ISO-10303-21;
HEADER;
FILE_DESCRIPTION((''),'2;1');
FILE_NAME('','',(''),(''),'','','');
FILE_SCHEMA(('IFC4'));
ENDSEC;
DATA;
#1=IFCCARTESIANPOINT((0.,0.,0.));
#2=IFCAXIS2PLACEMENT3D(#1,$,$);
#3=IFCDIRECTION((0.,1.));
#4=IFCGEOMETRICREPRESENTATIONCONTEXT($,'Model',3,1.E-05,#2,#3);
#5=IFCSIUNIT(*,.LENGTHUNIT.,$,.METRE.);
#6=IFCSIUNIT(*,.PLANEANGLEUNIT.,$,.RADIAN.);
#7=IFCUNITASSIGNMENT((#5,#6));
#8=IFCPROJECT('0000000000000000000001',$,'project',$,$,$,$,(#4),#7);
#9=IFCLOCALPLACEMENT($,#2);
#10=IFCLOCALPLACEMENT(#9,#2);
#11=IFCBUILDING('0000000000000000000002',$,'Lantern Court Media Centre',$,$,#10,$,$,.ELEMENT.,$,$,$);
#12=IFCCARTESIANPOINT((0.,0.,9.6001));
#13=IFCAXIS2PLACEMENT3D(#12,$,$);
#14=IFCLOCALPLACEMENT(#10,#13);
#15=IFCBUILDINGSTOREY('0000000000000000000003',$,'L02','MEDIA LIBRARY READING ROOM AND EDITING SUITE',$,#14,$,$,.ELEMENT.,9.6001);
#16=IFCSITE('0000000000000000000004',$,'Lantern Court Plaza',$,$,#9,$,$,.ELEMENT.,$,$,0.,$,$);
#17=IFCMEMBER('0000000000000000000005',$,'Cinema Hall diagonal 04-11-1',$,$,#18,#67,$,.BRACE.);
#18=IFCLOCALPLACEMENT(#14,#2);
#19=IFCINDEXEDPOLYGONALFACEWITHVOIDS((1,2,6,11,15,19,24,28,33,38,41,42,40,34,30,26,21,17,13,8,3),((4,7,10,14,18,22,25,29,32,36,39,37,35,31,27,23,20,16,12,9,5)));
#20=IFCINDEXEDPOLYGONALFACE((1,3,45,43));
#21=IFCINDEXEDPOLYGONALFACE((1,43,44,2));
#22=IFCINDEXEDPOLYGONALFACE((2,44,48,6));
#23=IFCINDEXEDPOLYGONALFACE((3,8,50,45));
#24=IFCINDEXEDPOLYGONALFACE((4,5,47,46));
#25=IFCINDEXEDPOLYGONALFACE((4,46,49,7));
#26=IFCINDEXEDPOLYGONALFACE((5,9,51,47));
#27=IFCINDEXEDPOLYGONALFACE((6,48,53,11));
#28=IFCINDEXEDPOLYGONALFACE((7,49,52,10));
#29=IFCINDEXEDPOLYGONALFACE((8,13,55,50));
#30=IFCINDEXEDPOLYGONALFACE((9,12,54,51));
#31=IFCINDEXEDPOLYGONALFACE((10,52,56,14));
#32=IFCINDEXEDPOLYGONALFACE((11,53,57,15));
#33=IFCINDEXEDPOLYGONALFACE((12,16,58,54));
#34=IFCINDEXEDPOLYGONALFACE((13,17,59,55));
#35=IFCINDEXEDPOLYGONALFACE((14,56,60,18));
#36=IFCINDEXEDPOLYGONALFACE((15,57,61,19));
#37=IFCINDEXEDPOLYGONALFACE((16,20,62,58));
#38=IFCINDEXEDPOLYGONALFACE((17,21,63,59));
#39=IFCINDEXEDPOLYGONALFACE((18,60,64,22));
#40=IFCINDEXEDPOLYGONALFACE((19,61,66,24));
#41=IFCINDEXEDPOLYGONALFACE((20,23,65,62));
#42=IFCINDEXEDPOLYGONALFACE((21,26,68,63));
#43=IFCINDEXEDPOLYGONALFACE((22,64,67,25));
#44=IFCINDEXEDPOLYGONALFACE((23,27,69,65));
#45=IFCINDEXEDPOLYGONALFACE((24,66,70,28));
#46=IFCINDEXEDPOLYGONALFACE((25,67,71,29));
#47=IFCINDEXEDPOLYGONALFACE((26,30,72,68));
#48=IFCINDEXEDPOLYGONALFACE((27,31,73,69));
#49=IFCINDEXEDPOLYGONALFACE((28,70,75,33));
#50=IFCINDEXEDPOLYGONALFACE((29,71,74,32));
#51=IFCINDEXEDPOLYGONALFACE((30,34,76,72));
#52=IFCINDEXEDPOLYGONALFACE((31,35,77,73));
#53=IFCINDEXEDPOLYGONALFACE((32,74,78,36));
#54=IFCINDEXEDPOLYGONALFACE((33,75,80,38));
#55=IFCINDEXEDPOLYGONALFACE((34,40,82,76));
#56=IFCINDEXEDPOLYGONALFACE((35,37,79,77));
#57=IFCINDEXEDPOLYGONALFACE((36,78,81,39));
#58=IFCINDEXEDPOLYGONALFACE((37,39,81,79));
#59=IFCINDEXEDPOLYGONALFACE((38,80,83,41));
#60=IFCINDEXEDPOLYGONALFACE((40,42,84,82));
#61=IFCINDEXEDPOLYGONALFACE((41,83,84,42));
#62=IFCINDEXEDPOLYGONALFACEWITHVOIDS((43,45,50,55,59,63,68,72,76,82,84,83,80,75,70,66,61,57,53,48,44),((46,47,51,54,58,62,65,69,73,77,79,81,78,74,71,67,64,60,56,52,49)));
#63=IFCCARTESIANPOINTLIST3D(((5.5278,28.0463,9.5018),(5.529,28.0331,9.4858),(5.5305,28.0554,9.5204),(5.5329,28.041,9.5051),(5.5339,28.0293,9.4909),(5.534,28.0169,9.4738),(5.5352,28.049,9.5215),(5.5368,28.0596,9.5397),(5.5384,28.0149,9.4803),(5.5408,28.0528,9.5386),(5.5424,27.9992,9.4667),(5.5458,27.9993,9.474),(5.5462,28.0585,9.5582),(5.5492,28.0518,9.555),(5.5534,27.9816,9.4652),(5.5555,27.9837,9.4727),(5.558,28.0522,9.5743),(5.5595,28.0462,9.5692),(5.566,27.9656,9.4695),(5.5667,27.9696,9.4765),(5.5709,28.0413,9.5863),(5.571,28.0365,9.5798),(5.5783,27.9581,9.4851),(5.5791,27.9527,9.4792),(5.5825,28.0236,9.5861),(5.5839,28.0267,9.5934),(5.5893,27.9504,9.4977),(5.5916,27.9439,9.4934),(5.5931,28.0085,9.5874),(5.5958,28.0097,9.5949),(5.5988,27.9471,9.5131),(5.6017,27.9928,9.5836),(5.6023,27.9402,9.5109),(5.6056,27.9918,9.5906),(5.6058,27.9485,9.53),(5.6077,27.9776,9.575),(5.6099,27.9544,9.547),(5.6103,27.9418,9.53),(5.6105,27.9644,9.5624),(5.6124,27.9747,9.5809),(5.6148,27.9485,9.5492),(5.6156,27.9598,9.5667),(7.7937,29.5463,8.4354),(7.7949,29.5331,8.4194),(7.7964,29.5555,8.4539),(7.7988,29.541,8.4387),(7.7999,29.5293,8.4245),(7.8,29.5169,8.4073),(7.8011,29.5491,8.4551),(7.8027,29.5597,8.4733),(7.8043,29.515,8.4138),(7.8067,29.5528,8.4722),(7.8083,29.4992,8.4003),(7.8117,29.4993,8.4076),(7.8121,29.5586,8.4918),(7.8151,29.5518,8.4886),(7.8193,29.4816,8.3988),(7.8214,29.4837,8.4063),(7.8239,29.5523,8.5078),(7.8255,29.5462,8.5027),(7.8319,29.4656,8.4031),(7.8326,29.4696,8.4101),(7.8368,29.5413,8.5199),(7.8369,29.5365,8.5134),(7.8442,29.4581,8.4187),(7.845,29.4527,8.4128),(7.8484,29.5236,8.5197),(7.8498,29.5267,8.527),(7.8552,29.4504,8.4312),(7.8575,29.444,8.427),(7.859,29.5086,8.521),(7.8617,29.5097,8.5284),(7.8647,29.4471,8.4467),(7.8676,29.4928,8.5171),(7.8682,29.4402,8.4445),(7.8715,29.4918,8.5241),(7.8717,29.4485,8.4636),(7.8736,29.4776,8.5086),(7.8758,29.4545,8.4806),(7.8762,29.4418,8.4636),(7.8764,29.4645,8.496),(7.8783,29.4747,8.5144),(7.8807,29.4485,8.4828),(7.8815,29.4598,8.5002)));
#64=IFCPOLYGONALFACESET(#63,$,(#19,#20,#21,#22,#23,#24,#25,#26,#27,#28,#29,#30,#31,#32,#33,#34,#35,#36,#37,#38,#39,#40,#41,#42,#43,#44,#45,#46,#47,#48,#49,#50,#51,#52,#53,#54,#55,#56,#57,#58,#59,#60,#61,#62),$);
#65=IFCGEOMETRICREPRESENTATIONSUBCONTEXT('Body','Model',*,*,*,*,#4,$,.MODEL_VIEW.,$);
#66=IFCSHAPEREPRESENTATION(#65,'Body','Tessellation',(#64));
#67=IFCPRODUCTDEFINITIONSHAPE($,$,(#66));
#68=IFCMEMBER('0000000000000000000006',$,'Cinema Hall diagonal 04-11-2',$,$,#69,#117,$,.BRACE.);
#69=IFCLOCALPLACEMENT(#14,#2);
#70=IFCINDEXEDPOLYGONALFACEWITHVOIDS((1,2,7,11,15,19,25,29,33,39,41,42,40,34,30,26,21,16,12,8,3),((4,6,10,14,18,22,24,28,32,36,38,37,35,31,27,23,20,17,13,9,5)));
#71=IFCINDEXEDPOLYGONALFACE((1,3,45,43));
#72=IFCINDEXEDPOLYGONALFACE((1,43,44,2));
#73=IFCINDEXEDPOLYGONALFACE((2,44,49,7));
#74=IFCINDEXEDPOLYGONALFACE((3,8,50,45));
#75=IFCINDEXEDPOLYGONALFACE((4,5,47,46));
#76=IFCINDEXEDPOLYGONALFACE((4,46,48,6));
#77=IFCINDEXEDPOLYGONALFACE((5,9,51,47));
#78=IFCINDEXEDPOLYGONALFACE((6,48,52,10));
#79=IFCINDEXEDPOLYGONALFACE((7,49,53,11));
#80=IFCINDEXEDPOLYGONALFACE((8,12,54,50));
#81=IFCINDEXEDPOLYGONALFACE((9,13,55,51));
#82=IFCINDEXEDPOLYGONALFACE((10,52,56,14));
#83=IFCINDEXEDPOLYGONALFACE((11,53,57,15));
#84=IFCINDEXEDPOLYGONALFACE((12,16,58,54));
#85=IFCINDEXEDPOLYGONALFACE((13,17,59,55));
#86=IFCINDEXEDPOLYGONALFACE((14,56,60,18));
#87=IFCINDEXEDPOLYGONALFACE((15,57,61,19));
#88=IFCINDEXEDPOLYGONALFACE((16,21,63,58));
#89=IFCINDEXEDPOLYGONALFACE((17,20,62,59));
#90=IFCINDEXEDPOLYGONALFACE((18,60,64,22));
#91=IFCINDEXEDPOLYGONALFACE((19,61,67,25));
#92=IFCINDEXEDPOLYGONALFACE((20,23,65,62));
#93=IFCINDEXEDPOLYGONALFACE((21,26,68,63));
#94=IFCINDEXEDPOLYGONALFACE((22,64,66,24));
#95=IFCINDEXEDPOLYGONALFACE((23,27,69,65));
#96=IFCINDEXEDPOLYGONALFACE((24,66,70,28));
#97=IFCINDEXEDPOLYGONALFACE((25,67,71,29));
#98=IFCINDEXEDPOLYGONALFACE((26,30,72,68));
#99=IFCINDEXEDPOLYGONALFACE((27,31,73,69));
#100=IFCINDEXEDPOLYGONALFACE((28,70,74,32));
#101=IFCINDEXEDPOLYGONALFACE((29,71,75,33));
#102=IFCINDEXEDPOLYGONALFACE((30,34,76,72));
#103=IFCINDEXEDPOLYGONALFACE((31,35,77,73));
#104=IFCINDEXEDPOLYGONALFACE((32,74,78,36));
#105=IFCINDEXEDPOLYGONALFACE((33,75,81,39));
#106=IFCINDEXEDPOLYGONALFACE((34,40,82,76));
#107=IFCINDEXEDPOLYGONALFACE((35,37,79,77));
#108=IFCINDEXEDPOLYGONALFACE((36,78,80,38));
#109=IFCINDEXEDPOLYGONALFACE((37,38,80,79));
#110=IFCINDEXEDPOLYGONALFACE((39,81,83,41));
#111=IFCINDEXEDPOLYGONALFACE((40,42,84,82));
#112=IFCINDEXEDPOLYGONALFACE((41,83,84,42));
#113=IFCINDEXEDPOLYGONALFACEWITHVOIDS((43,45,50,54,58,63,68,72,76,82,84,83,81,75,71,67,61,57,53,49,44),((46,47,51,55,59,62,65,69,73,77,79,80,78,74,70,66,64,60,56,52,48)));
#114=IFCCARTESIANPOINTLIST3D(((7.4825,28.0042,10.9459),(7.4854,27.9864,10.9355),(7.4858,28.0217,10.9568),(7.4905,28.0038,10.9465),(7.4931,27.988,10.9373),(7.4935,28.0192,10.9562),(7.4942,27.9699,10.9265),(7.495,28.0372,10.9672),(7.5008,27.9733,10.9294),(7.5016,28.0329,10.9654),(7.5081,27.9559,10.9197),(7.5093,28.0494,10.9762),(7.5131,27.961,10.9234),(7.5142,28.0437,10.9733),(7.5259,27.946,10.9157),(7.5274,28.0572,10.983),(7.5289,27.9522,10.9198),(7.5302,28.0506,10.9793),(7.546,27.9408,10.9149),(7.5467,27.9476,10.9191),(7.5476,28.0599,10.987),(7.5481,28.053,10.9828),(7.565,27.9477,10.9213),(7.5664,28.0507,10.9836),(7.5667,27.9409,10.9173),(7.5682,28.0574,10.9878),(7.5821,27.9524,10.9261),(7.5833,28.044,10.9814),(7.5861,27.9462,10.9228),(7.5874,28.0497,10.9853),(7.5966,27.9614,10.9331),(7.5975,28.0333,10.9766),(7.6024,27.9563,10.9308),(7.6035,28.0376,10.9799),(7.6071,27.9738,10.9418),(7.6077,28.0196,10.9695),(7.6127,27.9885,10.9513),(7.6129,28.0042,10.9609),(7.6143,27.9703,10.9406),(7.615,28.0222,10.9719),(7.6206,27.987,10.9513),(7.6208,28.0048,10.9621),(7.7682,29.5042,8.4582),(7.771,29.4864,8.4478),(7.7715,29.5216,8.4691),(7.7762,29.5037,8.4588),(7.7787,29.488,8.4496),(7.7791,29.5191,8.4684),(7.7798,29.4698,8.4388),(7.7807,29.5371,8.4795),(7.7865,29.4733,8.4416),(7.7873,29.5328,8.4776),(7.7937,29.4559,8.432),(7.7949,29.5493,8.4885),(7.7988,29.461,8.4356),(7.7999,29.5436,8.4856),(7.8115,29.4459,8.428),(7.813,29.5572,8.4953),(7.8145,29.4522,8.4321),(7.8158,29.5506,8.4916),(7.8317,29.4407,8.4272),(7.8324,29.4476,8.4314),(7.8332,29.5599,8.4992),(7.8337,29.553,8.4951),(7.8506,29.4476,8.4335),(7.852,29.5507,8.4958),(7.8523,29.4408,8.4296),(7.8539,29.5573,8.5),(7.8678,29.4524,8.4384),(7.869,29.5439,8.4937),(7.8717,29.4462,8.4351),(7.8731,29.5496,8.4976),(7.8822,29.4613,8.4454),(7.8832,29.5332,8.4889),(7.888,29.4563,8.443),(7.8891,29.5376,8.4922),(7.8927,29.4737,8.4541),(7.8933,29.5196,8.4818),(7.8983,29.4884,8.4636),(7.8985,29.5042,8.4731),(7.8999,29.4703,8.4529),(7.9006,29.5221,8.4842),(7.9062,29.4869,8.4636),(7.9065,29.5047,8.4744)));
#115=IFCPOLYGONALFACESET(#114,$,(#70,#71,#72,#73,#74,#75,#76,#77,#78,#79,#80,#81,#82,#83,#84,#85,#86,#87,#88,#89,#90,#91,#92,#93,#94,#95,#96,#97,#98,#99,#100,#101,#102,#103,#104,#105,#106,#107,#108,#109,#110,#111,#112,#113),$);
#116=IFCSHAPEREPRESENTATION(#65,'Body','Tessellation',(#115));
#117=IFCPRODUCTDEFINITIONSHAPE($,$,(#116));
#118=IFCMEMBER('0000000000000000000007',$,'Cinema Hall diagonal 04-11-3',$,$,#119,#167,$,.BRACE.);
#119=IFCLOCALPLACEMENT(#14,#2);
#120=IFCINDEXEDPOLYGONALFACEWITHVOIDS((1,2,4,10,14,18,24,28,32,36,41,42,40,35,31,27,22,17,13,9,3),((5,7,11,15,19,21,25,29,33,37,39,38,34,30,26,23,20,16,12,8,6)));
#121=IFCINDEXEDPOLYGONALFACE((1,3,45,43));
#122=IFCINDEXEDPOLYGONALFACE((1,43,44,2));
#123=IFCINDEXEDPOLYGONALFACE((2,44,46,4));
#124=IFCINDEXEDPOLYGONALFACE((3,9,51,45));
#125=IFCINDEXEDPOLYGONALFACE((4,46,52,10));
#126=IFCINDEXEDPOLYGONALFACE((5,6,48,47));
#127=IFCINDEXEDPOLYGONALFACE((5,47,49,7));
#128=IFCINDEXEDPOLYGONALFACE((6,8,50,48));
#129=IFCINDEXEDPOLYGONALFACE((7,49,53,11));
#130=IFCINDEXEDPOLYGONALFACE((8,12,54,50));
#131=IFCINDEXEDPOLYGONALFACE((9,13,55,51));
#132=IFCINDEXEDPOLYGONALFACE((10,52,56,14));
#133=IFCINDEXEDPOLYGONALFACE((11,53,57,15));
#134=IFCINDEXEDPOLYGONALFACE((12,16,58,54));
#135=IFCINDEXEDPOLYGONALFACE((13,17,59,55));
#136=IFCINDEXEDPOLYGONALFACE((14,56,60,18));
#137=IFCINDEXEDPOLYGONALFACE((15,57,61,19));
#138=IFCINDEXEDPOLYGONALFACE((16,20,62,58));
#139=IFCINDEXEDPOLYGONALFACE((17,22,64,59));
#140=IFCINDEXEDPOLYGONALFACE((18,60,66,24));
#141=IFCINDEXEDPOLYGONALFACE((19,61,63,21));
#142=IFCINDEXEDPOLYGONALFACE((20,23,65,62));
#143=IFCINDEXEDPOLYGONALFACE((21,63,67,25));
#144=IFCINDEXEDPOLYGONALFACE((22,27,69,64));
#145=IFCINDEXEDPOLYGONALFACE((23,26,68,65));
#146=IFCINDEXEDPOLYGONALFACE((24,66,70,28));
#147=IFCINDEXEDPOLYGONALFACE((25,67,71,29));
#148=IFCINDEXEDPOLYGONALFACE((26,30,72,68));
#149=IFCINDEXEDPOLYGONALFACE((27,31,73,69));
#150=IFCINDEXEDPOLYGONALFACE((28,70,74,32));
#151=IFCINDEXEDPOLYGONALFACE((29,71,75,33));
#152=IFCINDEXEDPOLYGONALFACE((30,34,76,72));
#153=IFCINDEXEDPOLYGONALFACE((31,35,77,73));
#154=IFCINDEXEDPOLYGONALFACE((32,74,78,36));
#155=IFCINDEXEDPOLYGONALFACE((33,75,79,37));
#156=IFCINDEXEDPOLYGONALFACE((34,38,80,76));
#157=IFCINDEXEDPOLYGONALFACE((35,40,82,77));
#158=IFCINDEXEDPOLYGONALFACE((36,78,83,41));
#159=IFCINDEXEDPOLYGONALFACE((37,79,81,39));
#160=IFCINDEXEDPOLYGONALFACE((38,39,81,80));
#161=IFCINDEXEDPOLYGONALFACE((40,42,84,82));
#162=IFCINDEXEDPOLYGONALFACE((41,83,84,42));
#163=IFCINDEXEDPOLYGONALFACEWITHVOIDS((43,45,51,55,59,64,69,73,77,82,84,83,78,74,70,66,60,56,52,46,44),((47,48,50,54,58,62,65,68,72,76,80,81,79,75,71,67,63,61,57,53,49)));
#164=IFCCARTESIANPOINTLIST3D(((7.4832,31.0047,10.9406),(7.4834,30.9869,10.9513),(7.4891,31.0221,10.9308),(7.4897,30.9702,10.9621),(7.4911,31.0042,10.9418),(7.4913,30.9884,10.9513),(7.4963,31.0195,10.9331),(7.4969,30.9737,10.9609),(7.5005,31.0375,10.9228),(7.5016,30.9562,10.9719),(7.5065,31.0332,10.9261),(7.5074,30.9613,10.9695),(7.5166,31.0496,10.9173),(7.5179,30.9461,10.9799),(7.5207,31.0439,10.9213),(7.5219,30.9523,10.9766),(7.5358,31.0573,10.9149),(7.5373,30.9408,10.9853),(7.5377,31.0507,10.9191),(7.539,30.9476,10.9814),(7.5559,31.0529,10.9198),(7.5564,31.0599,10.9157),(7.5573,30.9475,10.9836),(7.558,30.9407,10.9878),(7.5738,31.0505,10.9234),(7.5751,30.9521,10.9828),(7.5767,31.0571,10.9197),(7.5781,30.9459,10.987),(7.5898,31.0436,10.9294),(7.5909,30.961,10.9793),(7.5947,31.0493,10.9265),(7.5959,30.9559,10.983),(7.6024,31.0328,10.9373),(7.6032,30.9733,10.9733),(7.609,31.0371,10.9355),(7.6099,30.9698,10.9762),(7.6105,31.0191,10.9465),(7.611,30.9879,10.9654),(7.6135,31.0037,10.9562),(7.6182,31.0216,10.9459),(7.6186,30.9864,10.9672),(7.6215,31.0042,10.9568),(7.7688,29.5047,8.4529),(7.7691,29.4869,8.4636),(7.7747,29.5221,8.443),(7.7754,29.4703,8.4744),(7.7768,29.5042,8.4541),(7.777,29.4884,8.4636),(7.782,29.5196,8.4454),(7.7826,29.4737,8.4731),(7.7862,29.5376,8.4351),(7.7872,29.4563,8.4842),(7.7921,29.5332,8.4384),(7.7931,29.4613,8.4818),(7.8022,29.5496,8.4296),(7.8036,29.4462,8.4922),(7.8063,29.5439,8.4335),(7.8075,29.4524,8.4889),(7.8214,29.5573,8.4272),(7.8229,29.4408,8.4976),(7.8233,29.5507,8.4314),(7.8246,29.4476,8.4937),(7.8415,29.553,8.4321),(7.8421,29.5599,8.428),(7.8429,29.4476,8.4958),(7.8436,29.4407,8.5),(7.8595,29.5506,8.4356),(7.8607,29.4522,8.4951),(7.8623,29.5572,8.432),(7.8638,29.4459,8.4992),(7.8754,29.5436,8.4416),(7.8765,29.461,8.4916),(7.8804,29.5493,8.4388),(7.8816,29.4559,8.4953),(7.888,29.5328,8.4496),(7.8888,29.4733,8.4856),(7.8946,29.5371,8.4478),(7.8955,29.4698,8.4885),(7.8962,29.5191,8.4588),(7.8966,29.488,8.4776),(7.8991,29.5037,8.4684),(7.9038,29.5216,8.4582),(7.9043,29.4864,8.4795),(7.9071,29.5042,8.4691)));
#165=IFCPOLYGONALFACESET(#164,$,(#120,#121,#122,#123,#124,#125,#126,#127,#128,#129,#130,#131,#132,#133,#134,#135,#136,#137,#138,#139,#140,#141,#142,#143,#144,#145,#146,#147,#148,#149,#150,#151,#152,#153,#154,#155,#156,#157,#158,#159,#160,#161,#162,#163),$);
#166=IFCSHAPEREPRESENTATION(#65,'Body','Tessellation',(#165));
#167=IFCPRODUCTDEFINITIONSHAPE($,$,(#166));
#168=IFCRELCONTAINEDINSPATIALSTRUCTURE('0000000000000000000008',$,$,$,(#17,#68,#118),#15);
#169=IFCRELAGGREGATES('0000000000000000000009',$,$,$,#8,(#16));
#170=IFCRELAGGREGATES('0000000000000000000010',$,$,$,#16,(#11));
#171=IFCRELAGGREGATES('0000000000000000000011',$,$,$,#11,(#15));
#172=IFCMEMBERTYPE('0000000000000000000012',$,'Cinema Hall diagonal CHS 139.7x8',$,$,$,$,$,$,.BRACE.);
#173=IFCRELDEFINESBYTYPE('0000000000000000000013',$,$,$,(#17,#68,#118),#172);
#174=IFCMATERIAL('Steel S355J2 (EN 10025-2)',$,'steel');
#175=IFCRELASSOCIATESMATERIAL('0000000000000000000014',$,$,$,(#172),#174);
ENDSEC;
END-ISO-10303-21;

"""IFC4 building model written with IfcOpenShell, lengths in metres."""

from ifc_helpers import new_model, si_unit, direction, frame, origin, origin_2d, place, context, subcontext, project, spatial, hollow_circle, extrude, material, material_profile, profile_set, type_object, element, save


model = new_model("IFC4")

# Units and contexts
model_context = context("Model", 3, precision=1e-05, world=origin(), true_north=direction((0.0, 1.0)))
body_context = subcontext(model_context, "Body", "Model", "MODEL_VIEW")
ifc_project = project(units=[si_unit("LENGTHUNIT", "METRE"), si_unit("PLANEANGLEUNIT", "RADIAN")], contexts=[model_context])

# Site, building, storey
site_placement = place(None, origin())
site = spatial("IfcSite", under=ifc_project, at=site_placement, Name="Lantern Court Plaza", CompositionType="ELEMENT", RefElevation=0.0)
building_placement = place(site_placement, origin())
building = spatial("IfcBuilding", under=site, at=building_placement, Name="Lantern Court Media Centre", CompositionType="ELEMENT")
storey_placement = place(building_placement, frame((0.0, 0.0, 9.6001)))
storey = spatial("IfcBuildingStorey", under=building, at=storey_placement, Name="L02", Description="MEDIA LIBRARY READING ROOM AND EDITING SUITE", CompositionType="ELEMENT", Elevation=9.6001)

# Members
ifc_material = material(Name="Steel S355J2 (EN 10025-2)", Category="steel")
ifc_material_profile_1 = material_profile(ifc_material, hollow_circle(Radius=0.0698, WallThickness=0.0081, at=origin_2d()), Name="Cinema Hall diagonal CHS 139.7x8")
ifc_profile_set_1 = profile_set([ifc_material_profile_1], Name="Steel S355J2 (EN 10025-2)")
member_type_1 = type_object("IfcMemberType", Name="Cinema Hall diagonal CHS 139.7x8", PredefinedType="BRACE", material=ifc_profile_set_1)
member_1_placement = place(storey_placement, frame((7.8376, 29.5, 8.4636), z_axis=(-0.776211, -0.51385, 0.365315), x_axis=(0.552002, -0.833843, 0.0)))
element("IfcMember", 1, at=member_1_placement, inside=storey, type_object=member_type_1, Name="Cinema Hall diagonal 04-11-1", PredefinedType="BRACE", context=body_context, shape_type="SweptSolid", body=[
    extrude(hollow_circle(Radius=0.0698, WallThickness=0.0081, at=origin_2d()), origin(), (0.0, 0.0, 1.0), 2.9192),
])
for number, where, z_axis, x_axis, name in (
    (2, (7.8376, 29.5, 8.4636), (-0.097856, -0.51387, 0.852268), (0.982347, -0.187068, 0.0), "Cinema Hall diagonal 04-11-2"),
    (3, (7.8376, 29.5, 8.4636), (-0.097856, 0.51387, 0.852268), (-0.982347, -0.187068, 0.0), "Cinema Hall diagonal 04-11-3"),
):
    element("IfcMember", number, at=place(storey_placement, frame(where, z_axis=z_axis, x_axis=x_axis)), inside=storey, type_object=member_type_1, Name=name, PredefinedType="BRACE", context=body_context, shape_type="SweptSolid", body=[
        extrude(hollow_circle(Radius=0.0698, WallThickness=0.0081, at=origin_2d()), origin(), (0.0, 0.0, 1.0), 2.9189),
    ])

save(model, "model.ifc")
